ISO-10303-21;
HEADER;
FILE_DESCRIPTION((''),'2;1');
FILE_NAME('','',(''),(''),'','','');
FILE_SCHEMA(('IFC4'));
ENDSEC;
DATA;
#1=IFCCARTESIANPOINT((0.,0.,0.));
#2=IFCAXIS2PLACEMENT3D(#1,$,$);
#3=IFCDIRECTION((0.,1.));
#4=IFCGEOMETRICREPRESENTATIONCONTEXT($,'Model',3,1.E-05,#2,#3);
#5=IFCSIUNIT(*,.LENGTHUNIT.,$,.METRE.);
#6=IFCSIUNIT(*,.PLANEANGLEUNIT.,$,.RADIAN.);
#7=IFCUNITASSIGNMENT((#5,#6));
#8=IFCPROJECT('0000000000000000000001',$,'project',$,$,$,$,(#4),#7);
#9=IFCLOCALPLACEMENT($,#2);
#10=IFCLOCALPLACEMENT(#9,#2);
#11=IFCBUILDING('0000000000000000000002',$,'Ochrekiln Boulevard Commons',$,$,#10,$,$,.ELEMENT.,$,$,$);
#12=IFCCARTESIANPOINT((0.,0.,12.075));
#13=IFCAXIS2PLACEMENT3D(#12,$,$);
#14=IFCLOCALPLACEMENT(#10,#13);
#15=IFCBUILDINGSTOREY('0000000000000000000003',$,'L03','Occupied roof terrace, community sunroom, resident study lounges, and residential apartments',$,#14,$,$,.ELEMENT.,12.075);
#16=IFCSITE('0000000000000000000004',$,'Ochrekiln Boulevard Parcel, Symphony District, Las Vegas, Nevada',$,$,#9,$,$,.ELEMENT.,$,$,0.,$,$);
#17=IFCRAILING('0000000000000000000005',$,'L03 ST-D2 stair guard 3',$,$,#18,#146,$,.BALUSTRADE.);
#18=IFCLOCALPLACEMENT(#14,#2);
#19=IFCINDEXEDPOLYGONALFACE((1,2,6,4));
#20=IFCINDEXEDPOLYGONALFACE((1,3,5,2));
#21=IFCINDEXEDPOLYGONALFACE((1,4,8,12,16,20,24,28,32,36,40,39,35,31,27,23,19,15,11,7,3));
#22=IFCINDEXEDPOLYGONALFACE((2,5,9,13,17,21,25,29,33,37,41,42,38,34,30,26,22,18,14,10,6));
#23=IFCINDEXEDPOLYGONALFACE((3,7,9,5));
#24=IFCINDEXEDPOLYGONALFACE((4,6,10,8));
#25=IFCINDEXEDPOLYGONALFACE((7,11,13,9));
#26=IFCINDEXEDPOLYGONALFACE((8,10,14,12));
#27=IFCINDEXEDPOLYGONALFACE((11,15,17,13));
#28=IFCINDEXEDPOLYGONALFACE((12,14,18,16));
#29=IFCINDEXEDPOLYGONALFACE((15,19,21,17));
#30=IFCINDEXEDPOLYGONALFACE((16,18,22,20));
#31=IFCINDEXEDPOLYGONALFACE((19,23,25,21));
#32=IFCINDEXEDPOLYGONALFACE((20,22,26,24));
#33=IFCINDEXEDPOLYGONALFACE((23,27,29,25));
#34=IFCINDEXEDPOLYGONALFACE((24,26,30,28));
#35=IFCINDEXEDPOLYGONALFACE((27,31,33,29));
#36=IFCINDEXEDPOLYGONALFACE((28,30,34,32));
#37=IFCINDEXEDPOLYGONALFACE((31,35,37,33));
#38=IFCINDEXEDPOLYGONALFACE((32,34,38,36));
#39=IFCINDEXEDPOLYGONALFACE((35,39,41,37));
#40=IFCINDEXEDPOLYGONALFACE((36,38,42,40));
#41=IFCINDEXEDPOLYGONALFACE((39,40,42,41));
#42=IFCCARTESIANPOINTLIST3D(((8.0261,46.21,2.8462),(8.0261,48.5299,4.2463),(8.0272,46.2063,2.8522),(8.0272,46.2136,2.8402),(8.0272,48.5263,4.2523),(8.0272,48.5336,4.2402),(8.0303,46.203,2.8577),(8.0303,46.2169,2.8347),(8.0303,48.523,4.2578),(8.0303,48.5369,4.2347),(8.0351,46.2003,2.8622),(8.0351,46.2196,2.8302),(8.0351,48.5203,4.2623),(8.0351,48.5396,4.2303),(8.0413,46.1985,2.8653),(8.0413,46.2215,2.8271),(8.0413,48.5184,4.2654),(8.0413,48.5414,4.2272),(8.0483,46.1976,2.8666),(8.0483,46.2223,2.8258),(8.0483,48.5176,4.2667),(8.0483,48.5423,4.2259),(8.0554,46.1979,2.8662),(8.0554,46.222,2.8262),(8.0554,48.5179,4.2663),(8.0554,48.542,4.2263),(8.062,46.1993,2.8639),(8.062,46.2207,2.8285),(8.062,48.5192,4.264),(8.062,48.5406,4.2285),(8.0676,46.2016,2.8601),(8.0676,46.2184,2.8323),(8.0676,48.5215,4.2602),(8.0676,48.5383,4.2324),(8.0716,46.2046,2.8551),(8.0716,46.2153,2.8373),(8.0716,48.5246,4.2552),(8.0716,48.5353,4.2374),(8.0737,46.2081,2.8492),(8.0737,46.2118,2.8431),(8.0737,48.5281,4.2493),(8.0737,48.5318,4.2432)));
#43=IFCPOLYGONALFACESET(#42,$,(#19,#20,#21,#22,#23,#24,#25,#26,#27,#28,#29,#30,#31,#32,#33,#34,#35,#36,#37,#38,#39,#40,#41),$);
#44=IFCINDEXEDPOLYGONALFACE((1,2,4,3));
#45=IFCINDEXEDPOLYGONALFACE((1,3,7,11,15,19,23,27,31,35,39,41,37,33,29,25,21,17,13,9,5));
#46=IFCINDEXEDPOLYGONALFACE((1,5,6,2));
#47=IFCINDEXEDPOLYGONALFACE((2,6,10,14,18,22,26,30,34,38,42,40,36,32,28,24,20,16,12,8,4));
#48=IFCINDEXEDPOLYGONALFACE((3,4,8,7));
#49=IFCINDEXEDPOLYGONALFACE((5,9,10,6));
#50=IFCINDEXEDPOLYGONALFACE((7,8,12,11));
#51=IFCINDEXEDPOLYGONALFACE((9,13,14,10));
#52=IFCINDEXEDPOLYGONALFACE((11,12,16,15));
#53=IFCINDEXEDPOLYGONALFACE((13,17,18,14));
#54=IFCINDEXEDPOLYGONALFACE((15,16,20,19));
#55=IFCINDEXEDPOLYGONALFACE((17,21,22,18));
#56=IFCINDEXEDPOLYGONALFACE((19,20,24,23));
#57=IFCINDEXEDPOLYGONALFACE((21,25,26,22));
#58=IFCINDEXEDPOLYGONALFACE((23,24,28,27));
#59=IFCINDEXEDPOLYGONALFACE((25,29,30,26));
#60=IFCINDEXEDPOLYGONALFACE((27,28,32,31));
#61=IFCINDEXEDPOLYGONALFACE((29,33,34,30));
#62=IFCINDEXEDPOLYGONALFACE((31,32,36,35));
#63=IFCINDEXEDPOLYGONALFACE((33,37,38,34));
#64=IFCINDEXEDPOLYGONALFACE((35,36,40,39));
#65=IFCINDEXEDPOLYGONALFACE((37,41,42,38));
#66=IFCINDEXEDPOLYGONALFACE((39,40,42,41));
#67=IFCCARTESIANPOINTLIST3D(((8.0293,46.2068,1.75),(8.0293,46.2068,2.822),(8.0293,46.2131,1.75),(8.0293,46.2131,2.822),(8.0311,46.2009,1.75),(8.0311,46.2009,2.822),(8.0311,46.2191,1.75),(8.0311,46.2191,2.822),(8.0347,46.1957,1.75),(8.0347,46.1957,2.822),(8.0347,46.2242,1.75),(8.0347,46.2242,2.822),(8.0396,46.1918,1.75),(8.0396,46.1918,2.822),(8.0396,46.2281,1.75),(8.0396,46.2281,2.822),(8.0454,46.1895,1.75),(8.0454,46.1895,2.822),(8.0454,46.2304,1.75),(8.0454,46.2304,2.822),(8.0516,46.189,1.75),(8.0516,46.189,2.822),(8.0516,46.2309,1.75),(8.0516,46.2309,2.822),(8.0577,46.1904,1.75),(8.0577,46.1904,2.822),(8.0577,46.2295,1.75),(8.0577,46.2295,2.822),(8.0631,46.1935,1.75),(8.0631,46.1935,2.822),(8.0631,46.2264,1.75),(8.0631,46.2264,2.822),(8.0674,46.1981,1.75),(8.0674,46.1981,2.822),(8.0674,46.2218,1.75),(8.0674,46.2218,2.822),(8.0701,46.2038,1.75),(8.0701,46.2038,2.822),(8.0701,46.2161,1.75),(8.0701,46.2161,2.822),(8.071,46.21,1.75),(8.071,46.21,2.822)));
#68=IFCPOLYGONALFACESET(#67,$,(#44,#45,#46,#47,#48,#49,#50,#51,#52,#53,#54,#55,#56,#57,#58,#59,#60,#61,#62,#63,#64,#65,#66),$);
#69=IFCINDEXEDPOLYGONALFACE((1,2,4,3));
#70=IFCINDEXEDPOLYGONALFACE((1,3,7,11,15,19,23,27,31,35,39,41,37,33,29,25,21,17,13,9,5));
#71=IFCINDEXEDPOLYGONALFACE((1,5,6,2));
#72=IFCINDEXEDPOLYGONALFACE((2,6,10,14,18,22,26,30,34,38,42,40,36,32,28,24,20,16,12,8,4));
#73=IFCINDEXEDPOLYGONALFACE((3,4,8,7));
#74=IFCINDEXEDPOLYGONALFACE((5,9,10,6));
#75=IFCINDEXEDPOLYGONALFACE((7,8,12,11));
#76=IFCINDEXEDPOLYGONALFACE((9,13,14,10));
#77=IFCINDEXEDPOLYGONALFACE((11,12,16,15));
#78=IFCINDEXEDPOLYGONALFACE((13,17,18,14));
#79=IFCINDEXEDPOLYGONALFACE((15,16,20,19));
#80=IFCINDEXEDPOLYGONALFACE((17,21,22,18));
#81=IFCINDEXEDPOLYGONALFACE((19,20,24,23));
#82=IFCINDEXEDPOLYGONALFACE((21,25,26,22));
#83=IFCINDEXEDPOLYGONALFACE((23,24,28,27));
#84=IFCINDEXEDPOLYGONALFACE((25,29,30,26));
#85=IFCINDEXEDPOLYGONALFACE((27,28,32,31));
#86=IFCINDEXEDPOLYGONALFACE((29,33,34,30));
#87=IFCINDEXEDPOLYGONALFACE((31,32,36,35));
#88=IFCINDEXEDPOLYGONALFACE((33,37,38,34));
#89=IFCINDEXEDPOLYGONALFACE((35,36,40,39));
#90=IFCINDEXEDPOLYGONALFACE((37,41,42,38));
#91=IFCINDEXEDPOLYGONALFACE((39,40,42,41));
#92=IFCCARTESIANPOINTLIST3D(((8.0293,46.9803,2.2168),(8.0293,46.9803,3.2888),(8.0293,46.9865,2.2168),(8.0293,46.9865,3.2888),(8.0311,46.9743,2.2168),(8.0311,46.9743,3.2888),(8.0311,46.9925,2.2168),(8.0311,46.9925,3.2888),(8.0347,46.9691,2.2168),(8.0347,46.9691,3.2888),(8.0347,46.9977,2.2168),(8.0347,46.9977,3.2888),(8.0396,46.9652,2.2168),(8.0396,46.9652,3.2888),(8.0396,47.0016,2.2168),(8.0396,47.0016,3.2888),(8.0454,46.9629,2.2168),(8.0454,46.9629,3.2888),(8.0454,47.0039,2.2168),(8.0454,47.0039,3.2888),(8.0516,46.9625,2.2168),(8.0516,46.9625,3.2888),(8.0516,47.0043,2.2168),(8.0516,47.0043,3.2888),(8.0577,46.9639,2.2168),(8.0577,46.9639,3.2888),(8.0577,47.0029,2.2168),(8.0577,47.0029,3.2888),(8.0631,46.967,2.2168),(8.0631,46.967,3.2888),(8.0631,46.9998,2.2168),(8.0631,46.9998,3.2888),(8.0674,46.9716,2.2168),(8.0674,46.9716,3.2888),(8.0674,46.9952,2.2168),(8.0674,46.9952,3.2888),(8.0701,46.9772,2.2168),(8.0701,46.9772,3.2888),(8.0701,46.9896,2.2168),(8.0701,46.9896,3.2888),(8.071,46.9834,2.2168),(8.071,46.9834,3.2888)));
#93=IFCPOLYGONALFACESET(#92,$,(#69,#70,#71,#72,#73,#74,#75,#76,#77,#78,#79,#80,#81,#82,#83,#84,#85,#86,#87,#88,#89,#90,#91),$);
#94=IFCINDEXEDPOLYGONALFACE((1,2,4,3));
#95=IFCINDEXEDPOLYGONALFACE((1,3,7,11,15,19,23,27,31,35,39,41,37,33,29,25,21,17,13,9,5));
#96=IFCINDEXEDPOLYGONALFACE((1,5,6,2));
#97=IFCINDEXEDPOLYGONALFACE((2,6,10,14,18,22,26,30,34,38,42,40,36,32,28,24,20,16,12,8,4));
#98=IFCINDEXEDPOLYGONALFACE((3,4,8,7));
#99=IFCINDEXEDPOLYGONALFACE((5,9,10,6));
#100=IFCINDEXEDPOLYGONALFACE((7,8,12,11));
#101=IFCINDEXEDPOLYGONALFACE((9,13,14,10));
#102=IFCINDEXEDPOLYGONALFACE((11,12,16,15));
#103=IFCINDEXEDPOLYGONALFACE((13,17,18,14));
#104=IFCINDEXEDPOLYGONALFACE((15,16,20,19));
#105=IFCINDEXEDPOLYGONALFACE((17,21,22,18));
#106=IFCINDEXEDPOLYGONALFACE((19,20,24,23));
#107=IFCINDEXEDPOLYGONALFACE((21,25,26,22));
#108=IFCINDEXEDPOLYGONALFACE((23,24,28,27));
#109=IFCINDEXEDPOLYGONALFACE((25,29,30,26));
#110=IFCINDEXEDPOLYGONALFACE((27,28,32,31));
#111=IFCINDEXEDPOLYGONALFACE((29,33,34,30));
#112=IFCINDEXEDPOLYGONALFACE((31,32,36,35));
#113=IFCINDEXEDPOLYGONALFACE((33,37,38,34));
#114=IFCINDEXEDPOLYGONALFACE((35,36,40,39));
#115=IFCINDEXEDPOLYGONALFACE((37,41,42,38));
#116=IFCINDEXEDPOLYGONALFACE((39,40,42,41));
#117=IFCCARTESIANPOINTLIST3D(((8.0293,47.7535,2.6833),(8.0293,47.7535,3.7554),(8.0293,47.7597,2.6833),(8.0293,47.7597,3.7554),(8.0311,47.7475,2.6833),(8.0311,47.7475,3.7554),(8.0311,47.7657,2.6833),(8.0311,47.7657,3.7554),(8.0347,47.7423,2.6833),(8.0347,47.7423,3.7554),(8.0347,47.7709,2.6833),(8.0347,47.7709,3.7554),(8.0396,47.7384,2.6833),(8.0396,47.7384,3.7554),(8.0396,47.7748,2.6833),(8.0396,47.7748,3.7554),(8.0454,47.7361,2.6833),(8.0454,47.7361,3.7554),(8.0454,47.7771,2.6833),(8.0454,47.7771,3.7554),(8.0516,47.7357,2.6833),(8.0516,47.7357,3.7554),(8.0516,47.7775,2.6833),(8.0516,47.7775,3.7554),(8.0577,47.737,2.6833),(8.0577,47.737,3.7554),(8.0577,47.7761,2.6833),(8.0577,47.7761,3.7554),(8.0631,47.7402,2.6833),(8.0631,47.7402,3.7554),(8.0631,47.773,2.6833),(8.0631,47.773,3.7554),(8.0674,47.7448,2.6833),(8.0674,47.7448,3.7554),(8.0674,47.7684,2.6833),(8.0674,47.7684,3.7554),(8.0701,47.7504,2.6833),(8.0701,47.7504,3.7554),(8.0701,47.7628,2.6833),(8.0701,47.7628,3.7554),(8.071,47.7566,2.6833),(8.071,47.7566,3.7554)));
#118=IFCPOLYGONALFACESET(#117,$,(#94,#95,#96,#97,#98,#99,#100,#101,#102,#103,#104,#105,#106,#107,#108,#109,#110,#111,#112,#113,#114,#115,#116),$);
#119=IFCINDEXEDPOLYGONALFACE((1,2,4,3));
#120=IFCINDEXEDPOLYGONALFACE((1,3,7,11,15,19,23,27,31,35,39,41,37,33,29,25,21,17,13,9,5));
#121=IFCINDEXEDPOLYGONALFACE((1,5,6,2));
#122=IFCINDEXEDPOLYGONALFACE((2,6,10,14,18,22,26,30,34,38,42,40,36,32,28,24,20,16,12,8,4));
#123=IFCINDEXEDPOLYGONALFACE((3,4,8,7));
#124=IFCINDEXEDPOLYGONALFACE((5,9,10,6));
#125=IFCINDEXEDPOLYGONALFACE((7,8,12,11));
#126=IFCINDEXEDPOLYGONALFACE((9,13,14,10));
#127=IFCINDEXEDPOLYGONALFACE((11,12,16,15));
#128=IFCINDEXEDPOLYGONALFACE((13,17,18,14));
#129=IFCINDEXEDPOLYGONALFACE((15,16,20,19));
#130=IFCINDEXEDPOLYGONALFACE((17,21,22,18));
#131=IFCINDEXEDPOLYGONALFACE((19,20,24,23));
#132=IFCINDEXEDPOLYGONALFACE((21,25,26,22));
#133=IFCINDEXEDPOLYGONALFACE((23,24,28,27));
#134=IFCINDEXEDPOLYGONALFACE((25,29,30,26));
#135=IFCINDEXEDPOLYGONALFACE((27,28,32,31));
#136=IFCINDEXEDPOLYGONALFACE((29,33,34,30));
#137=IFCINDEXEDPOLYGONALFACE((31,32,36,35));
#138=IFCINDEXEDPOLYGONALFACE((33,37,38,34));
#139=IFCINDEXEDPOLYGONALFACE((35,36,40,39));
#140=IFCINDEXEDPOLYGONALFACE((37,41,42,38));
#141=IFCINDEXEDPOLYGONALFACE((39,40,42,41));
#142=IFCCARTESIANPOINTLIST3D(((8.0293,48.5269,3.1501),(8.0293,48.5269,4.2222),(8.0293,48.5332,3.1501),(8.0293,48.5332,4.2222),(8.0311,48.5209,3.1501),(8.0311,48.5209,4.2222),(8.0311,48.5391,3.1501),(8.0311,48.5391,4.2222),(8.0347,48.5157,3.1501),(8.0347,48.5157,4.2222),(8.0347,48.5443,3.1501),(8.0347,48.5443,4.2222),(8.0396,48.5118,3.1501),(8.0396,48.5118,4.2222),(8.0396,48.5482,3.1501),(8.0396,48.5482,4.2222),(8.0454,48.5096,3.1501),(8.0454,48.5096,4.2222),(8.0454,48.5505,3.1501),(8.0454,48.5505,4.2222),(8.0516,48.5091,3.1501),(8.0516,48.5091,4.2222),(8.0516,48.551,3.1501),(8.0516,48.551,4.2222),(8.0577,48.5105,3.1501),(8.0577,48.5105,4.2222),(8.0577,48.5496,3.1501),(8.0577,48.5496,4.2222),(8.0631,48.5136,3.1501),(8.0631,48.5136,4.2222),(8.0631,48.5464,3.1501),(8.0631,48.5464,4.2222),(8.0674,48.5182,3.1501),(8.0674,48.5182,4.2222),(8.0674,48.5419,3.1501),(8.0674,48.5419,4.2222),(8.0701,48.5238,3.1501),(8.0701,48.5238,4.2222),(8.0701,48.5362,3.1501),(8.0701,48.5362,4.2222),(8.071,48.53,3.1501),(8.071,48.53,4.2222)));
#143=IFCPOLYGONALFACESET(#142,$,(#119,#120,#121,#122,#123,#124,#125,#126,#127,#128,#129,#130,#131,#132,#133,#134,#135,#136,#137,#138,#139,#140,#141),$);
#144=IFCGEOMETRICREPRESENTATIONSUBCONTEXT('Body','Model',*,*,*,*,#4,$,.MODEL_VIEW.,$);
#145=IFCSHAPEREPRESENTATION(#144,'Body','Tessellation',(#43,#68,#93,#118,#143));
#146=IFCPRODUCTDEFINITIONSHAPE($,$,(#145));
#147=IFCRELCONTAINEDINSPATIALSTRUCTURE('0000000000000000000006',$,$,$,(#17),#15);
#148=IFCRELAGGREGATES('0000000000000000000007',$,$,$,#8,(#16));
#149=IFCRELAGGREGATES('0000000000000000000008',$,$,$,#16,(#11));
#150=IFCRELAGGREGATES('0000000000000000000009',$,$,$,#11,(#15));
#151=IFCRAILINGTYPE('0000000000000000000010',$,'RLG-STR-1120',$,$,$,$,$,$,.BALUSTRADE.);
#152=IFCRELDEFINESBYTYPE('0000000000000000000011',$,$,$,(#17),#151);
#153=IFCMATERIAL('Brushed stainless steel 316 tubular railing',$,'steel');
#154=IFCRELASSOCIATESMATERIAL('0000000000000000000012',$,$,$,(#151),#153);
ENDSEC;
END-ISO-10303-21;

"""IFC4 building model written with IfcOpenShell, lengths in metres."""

from ifc_helpers import new_model, si_unit, direction, frame, origin, origin_2d, place, context, subcontext, project, spatial, circle, extrude, material, type_object, element, save


model = new_model("IFC4")

# Units and contexts
model_context = context("Model", 3, precision=1e-05, world=origin(), true_north=direction((0.0, 1.0)))
body_context = subcontext(model_context, "Body", "Model", "MODEL_VIEW")
ifc_project = project(units=[si_unit("LENGTHUNIT", "METRE"), si_unit("PLANEANGLEUNIT", "RADIAN")], contexts=[model_context])

# Site, building, storey
site_placement = place(None, origin())
site = spatial("IfcSite", under=ifc_project, at=site_placement, Name="Ochrekiln Boulevard Parcel, Symphony District, Las Vegas, Nevada", CompositionType="ELEMENT", RefElevation=0.0)
building_placement = place(site_placement, origin())
building = spatial("IfcBuilding", under=site, at=building_placement, Name="Ochrekiln Boulevard Commons", CompositionType="ELEMENT")
storey_placement = place(building_placement, frame((0.0, 0.0, 12.075)))
storey = spatial("IfcBuildingStorey", under=building, at=storey_placement, Name="L03", Description="Occupied roof terrace, community sunroom, resident study lounges, and residential apartments", CompositionType="ELEMENT", Elevation=12.075)

# Railing
ifc_material_1 = material(Name="Brushed stainless steel 316 tubular railing", Category="steel")
railing_type_1 = type_object("IfcRailingType", Name="RLG-STR-1120", PredefinedType="BALUSTRADE", material=ifc_material_1)
railing_1_placement = place(storey_placement, frame((8.05, 46.21, 1.75)))
element("IfcRailing", 1, at=railing_1_placement, inside=storey, type_object=railing_type_1, Name="L03 ST-D2 stair guard 3", PredefinedType="BALUSTRADE", context=body_context, shape_type="SweptSolid", body=[
    extrude(circle(Radius=0.0239, at=origin_2d()), frame((0.0, 0.0, 1.0962), z_axis=(0.0, 0.85617, 0.516693), x_axis=(-1.0, 0.0, 0.0)), (0.0, 0.0, 1.0), 2.7097),
    extrude(circle(Radius=0.021, at=origin_2d()), origin(), (0.0, 0.0, 1.0), 1.072),
    extrude(circle(Radius=0.021, at=origin_2d()), frame((0.0, 0.7734, 0.4668)), (0.0, 0.0, 1.0), 1.072),
    extrude(circle(Radius=0.021, at=origin_2d()), frame((0.0, 1.5466, 0.9333)), (0.0, 0.0, 1.0), 1.072),
    extrude(circle(Radius=0.021, at=origin_2d()), frame((0.0, 2.3201, 1.4001)), (0.0, 0.0, 1.0), 1.072),
])

save(model, "model.ifc")
